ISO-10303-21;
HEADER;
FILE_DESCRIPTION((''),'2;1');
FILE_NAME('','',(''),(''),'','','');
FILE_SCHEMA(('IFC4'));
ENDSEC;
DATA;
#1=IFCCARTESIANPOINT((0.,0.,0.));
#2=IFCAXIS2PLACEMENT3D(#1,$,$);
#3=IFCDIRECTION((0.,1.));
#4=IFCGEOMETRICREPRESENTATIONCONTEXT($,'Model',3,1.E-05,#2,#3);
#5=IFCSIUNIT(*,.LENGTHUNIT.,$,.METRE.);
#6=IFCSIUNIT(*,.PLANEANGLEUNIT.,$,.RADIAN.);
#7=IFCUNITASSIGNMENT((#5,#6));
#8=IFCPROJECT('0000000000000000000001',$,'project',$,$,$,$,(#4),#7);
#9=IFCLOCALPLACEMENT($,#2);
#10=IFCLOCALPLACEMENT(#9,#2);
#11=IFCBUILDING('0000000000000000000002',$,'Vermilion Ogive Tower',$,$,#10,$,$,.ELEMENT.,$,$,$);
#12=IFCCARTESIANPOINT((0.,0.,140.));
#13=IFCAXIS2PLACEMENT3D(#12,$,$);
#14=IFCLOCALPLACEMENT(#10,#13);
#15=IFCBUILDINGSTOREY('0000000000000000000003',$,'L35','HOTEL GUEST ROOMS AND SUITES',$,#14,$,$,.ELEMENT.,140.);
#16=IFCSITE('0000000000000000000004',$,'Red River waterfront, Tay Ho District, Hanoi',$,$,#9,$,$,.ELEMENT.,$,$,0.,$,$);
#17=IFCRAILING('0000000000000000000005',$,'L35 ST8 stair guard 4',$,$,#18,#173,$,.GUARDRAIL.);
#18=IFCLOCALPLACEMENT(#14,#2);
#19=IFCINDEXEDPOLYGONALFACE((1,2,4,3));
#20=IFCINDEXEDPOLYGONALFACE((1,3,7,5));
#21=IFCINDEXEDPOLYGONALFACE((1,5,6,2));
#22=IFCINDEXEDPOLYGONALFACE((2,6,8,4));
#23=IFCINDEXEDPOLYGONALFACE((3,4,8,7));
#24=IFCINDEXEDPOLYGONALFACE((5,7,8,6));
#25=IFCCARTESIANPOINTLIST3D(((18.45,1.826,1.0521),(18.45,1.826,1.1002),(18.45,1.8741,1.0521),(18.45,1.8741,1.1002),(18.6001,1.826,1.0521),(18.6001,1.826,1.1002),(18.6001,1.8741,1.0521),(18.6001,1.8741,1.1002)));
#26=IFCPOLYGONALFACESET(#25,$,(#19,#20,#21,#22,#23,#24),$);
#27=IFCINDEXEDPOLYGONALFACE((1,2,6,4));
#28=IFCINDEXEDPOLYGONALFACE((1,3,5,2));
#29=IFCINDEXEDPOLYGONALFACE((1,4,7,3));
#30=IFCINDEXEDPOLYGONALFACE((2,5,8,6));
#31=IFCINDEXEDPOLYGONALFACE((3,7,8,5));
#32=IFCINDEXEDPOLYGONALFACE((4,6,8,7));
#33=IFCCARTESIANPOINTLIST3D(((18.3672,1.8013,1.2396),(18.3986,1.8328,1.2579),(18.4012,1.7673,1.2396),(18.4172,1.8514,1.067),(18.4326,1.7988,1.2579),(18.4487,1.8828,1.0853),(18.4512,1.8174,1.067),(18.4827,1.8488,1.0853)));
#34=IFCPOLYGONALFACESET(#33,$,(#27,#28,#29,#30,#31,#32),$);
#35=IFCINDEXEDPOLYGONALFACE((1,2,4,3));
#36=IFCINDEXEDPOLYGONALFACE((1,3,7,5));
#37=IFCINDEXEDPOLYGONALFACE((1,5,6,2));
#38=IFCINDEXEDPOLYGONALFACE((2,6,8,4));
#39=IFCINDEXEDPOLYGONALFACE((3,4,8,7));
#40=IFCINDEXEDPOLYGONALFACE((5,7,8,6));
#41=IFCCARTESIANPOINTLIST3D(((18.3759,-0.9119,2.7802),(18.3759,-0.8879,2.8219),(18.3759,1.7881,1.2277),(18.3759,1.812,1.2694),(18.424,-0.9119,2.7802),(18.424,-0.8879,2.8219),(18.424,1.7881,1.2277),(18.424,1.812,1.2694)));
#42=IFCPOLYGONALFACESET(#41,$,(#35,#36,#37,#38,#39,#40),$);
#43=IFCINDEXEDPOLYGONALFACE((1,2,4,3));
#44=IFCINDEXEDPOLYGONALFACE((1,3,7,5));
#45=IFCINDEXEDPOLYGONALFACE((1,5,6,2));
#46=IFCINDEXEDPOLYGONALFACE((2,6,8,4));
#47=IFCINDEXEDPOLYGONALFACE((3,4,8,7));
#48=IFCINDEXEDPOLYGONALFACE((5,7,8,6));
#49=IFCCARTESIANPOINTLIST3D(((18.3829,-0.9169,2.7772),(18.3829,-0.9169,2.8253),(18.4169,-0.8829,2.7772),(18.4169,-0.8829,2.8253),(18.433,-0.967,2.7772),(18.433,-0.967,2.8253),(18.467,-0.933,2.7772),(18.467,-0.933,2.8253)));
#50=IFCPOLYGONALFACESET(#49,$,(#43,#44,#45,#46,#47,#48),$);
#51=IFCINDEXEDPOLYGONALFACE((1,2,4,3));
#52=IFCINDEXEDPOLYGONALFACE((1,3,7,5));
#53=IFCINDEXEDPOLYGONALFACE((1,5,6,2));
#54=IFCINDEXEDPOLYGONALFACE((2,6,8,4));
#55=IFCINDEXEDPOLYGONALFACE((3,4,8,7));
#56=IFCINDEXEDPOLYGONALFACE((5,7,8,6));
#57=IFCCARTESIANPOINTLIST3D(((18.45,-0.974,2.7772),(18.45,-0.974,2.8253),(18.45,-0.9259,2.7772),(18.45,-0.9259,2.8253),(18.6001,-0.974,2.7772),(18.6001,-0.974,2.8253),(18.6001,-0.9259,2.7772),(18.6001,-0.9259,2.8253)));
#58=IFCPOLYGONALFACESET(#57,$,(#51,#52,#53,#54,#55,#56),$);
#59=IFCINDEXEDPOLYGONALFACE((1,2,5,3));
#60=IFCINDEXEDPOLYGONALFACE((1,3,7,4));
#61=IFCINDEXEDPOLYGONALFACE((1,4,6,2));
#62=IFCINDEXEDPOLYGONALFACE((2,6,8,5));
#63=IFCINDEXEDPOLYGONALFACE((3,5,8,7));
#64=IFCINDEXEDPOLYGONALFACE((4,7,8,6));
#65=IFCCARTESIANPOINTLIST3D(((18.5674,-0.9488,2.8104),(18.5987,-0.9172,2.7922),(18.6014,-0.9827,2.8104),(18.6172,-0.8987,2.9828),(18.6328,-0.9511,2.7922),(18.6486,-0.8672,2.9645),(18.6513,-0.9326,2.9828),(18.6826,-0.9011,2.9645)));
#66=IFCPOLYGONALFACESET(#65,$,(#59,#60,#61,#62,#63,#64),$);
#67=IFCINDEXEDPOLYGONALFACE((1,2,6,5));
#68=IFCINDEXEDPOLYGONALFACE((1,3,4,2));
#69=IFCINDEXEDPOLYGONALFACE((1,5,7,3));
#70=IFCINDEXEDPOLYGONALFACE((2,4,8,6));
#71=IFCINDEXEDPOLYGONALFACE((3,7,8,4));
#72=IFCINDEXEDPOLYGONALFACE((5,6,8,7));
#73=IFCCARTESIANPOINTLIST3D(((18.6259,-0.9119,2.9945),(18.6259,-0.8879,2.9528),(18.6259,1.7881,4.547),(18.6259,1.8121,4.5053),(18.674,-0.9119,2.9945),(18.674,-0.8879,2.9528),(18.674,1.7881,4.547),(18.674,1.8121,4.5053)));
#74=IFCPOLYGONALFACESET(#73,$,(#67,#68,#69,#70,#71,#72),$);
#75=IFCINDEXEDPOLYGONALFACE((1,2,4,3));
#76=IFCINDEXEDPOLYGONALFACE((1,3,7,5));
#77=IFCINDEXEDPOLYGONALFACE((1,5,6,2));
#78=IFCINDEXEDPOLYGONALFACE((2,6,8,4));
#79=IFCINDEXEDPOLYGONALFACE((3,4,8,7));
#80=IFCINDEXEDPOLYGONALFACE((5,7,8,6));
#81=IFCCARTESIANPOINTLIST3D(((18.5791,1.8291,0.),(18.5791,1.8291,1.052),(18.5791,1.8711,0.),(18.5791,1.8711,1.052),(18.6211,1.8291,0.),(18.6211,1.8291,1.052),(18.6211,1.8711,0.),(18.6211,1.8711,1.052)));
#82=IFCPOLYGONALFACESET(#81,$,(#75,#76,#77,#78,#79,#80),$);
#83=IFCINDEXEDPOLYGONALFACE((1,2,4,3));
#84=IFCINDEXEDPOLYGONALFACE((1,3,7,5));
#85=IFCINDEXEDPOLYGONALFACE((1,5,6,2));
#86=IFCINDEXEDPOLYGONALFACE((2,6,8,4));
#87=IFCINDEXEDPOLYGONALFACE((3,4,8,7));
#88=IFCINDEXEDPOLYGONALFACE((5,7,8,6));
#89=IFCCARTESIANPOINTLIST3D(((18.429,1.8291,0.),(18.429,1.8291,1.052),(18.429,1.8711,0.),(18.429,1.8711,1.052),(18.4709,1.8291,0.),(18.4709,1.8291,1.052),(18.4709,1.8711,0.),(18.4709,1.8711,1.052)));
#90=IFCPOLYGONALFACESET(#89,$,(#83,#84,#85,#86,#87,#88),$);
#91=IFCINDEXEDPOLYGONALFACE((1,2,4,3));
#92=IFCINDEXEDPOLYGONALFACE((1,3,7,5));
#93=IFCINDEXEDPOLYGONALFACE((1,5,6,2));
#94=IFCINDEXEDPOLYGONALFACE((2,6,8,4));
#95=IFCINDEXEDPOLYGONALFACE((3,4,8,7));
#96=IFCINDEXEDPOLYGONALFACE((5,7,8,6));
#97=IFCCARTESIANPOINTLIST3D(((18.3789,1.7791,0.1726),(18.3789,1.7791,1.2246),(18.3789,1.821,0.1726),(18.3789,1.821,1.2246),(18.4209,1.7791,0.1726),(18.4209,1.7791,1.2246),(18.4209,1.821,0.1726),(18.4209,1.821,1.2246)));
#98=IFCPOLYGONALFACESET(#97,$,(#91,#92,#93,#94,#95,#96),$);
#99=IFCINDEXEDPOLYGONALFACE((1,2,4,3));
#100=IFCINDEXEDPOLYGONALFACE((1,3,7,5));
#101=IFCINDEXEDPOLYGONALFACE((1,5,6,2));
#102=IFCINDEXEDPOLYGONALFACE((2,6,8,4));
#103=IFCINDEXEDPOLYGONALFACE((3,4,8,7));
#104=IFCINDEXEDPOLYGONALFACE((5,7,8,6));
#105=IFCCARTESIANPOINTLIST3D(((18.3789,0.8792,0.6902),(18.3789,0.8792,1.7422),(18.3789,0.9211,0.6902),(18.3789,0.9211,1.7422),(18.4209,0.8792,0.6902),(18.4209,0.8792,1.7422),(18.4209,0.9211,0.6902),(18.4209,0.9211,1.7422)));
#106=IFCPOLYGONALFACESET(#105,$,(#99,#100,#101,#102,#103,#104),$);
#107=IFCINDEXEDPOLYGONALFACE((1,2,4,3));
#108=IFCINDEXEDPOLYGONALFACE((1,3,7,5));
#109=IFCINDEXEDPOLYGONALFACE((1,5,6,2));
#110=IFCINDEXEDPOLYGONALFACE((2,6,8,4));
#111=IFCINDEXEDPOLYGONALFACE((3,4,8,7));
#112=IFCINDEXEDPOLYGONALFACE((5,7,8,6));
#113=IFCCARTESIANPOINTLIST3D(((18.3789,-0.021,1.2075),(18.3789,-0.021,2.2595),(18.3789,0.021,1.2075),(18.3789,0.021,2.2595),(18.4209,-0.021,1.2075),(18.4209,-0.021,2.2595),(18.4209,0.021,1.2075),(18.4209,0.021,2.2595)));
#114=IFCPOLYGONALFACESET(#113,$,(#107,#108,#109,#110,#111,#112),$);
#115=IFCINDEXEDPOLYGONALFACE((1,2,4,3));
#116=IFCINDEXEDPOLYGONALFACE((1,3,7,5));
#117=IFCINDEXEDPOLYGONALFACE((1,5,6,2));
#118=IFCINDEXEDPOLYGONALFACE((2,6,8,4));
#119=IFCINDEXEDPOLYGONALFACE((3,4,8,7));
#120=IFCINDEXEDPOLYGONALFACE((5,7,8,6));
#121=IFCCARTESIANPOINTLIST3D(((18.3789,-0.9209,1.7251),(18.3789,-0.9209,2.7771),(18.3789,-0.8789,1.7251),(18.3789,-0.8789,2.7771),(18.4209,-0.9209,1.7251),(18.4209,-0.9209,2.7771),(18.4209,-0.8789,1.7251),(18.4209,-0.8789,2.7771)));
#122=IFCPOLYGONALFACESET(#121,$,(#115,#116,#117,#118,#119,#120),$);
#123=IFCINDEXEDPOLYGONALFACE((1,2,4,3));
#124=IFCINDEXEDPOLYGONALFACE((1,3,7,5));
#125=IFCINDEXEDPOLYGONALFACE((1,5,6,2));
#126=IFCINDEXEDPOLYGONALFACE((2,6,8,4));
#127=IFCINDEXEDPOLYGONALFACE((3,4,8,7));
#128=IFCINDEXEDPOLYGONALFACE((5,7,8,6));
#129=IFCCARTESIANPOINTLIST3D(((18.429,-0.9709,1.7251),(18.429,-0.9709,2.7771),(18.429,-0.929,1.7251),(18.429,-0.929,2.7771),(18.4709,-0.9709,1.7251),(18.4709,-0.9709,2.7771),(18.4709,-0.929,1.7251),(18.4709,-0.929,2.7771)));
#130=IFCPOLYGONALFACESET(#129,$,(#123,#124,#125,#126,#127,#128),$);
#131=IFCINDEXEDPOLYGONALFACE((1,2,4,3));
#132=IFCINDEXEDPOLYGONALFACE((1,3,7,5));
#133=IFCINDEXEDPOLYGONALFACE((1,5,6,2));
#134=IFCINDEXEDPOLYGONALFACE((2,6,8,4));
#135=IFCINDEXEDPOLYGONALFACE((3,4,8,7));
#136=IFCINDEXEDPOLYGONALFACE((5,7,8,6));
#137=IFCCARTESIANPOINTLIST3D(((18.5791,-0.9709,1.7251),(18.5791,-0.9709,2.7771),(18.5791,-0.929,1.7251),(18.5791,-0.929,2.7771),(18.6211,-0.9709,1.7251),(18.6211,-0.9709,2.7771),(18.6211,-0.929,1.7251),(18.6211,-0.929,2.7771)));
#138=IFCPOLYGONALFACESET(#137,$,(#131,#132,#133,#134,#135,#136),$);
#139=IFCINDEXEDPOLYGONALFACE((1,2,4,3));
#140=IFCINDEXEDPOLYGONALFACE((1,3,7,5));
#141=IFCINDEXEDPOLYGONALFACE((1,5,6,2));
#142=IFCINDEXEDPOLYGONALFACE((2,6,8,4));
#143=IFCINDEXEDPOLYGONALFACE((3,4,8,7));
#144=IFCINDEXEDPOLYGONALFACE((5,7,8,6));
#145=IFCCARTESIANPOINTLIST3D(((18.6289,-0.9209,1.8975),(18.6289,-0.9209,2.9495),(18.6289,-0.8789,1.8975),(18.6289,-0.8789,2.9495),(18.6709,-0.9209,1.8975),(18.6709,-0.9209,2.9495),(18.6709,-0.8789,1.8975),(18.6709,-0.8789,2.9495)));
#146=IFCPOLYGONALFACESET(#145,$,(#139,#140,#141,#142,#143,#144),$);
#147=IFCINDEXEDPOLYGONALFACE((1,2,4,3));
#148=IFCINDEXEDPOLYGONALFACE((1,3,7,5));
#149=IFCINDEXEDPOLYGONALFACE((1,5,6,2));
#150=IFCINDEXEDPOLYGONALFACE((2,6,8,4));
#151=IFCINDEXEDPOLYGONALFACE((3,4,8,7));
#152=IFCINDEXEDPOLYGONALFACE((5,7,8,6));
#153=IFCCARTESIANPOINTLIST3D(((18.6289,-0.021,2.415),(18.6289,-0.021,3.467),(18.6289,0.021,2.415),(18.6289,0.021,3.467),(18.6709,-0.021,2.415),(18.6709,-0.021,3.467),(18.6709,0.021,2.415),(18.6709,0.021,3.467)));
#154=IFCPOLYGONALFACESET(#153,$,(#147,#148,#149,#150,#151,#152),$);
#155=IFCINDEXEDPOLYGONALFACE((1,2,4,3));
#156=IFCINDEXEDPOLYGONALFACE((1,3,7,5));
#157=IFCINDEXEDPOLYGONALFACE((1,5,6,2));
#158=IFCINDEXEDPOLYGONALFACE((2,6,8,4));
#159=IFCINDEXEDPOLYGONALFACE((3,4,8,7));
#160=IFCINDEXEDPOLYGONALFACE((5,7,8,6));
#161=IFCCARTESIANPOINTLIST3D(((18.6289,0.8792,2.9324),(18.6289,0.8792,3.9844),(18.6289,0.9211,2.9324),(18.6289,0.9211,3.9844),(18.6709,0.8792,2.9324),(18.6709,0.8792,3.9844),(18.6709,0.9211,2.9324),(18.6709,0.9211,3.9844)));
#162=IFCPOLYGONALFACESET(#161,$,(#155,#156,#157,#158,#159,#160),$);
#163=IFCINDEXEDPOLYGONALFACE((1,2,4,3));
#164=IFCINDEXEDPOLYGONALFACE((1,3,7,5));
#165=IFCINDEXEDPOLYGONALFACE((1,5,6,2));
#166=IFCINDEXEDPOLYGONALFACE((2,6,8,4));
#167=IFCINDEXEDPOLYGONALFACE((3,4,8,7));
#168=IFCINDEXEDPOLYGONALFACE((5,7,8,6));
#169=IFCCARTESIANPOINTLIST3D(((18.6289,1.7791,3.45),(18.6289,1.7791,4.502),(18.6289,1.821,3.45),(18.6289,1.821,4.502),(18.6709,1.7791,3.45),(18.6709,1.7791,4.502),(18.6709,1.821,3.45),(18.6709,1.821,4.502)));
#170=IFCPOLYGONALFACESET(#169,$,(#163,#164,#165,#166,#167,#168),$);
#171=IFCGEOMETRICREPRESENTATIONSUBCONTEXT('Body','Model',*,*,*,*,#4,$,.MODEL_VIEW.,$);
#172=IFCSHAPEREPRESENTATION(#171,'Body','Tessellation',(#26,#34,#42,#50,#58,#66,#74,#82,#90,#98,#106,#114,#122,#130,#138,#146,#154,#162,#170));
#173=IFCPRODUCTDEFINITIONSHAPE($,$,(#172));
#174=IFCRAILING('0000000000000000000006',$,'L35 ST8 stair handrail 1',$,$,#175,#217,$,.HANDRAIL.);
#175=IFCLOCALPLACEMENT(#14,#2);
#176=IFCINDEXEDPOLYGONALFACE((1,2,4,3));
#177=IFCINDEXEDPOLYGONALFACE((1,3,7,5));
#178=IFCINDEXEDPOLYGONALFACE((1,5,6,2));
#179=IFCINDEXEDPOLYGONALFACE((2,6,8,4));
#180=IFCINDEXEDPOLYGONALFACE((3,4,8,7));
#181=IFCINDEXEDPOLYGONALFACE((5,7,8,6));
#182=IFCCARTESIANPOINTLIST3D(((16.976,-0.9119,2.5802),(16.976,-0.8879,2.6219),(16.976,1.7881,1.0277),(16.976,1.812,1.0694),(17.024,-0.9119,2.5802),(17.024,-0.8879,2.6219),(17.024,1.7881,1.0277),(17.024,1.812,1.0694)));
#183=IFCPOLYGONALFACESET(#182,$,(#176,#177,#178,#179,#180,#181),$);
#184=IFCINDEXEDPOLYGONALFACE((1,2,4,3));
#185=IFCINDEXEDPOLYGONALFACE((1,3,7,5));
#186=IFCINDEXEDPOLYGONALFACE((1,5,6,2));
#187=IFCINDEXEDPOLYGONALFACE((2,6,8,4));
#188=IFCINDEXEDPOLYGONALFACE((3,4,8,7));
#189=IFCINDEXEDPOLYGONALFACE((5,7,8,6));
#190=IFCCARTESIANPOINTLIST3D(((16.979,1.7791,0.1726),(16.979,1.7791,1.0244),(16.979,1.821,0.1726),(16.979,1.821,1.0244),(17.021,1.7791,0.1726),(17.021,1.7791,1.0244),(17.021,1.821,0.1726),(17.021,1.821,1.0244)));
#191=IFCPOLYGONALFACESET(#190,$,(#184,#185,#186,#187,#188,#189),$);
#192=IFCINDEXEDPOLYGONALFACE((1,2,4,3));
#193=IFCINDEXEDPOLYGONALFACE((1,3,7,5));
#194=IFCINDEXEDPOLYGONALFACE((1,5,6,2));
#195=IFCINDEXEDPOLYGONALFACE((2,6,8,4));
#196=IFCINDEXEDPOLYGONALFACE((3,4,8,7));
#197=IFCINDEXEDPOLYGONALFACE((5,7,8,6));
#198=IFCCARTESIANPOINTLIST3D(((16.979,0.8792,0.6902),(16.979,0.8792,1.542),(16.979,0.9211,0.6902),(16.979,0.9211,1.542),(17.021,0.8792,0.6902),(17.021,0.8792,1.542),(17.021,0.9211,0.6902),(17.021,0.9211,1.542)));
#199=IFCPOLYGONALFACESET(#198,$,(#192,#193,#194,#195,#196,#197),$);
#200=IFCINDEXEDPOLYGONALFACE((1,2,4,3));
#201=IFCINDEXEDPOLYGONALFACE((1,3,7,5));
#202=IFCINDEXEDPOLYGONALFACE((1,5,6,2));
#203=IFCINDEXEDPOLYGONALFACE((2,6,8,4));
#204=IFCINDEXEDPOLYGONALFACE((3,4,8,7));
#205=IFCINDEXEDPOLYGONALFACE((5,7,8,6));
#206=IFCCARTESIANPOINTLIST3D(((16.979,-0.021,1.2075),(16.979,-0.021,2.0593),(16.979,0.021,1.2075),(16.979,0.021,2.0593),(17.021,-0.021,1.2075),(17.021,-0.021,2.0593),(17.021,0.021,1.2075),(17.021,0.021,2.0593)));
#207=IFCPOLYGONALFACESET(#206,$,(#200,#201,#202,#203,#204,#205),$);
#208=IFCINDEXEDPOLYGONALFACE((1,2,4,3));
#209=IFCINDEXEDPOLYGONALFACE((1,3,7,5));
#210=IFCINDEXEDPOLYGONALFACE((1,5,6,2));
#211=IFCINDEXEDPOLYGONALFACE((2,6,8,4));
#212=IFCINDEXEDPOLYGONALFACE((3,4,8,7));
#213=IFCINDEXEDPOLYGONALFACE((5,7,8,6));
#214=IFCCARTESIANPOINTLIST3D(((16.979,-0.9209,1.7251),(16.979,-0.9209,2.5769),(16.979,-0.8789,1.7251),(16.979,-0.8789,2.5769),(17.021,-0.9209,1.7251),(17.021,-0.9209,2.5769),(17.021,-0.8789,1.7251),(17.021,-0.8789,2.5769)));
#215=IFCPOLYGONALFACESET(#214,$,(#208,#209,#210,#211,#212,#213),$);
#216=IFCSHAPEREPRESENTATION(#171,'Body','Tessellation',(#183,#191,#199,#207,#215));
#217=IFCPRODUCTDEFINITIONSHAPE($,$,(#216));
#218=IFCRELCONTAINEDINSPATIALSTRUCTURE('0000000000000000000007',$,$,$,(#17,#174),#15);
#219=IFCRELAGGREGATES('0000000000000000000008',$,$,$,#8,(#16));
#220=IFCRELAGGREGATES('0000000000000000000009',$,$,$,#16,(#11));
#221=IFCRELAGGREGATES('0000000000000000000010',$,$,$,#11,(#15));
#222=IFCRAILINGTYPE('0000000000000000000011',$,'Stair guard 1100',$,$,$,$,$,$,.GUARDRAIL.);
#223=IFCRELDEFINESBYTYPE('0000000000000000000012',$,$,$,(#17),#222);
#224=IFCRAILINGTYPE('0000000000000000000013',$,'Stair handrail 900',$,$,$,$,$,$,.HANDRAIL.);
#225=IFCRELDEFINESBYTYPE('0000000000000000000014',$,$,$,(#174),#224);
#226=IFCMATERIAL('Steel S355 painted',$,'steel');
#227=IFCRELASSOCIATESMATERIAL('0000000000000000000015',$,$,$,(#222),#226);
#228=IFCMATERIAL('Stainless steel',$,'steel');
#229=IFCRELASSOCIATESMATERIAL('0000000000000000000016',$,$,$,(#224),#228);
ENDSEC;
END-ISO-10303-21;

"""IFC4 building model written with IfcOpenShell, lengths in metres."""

from ifc_helpers import new_model, si_unit, direction, frame, origin, origin_2d, place, context, subcontext, project, spatial, rectangle, extrude, material, type_object, element, save


model = new_model("IFC4")

# Units and contexts
model_context = context("Model", 3, precision=1e-05, world=origin(), true_north=direction((0.0, 1.0)))
body_context = subcontext(model_context, "Body", "Model", "MODEL_VIEW")
ifc_project = project(units=[si_unit("LENGTHUNIT", "METRE"), si_unit("PLANEANGLEUNIT", "RADIAN")], contexts=[model_context])

# Site, building, storey
site_placement = place(None, origin())
site = spatial("IfcSite", under=ifc_project, at=site_placement, Name="Red River waterfront, Tay Ho District, Hanoi", CompositionType="ELEMENT", RefElevation=0.0)
building_placement = place(site_placement, origin())
building = spatial("IfcBuilding", under=site, at=building_placement, Name="Vermilion Ogive Tower", CompositionType="ELEMENT")
storey_placement = place(building_placement, frame((0.0, 0.0, 140.0)))
storey = spatial("IfcBuildingStorey", under=building, at=storey_placement, Name="L35", Description="HOTEL GUEST ROOMS AND SUITES", CompositionType="ELEMENT", Elevation=140.0)

# Railings
ifc_material_1 = material(Name="Steel S355 painted", Category="steel")
railing_type_1 = type_object("IfcRailingType", Name="Stair guard 1100", PredefinedType="GUARDRAIL", material=ifc_material_1)
railing_1_placement = place(storey_placement, frame((18.6001, 1.8501, 0.0)))
element("IfcRailing", 1, at=railing_1_placement, inside=storey, type_object=railing_type_1, Name="L35 ST8 stair guard 4", PredefinedType="GUARDRAIL", context=body_context, shape_type="SweptSolid", body=[
    extrude(rectangle(XDim=0.0481, YDim=0.0481, at=origin_2d()), frame((0.0, 0.0, 1.0762), z_axis=(-1.0, 0.0, 0.0), x_axis=(0.0, -1.0, 0.0)), (0.0, 0.0, 1.0), 0.1501),
    extrude(rectangle(XDim=0.0481, YDim=0.0481, at=origin_2d()), frame((-0.1501, 0.0, 1.0762), z_axis=(-0.268278, -0.268278, 0.925232), x_axis=(0.707107, -0.707107, 0.0)), (0.0, 0.0, 1.0), 0.1865),
    extrude(rectangle(XDim=0.0481, YDim=0.0481, at=origin_2d()), frame((-0.2002, -0.05, 1.2485), z_axis=(0.0, -0.866904, 0.498476), x_axis=(1.0, 0.0, 0.0)), (0.0, 0.0, 1.0), 3.1145),
    extrude(rectangle(XDim=0.0481, YDim=0.0481, at=origin_2d()), frame((-0.2002, -2.75, 2.8013), z_axis=(0.707107, -0.707107, 0.0), x_axis=(0.707107, 0.707107, 0.0)), (0.0, 0.0, 1.0), 0.0708),
    extrude(rectangle(XDim=0.0481, YDim=0.0481, at=origin_2d()), frame((-0.1501, -2.8, 2.8013), z_axis=(1.0, 0.0, 0.0), x_axis=(0.0, 1.0, 0.0)), (0.0, 0.0, 1.0), 0.1501),
    extrude(rectangle(XDim=0.0481, YDim=0.0481, at=origin_2d()), frame((0.0, -2.8, 2.8013), z_axis=(0.267387, 0.268698, 0.925368), x_axis=(-0.708834, 0.705376, 0.0)), (0.0, 0.0, 1.0), 0.1863),
    extrude(rectangle(XDim=0.0481, YDim=0.0481, at=origin_2d()), frame((0.0498, -2.75, 2.9736), z_axis=(0.0, 0.866904, 0.498476), x_axis=(-1.0, 0.0, 0.0)), (0.0, 0.0, 1.0), 3.1145),
    extrude(rectangle(XDim=0.042, YDim=0.042, at=origin_2d()), origin(), (0.0, 0.0, 1.0), 1.052),
    extrude(rectangle(XDim=0.042, YDim=0.042, at=origin_2d()), frame((-0.1501, 0.0, 0.0)), (0.0, 0.0, 1.0), 1.052),
    extrude(rectangle(XDim=0.042, YDim=0.042, at=origin_2d()), frame((-0.2002, -0.05, 0.1726)), (0.0, 0.0, 1.0), 1.052),
    extrude(rectangle(XDim=0.042, YDim=0.042, at=origin_2d()), frame((-0.2002, -0.95, 0.6902)), (0.0, 0.0, 1.0), 1.052),
    extrude(rectangle(XDim=0.042, YDim=0.042, at=origin_2d()), frame((-0.2002, -1.8501, 1.2075)), (0.0, 0.0, 1.0), 1.052),
    extrude(rectangle(XDim=0.042, YDim=0.042, at=origin_2d()), frame((-0.2002, -2.75, 1.7251)), (0.0, 0.0, 1.0), 1.052),
    extrude(rectangle(XDim=0.042, YDim=0.042, at=origin_2d()), frame((-0.1501, -2.8, 1.7251)), (0.0, 0.0, 1.0), 1.052),
    extrude(rectangle(XDim=0.042, YDim=0.042, at=origin_2d()), frame((0.0, -2.8, 1.7251)), (0.0, 0.0, 1.0), 1.052),
    extrude(rectangle(XDim=0.042, YDim=0.042, at=origin_2d()), frame((0.0498, -2.75, 1.8975)), (0.0, 0.0, 1.0), 1.052),
    extrude(rectangle(XDim=0.042, YDim=0.042, at=origin_2d()), frame((0.0498, -1.8501, 2.415)), (0.0, 0.0, 1.0), 1.052),
    extrude(rectangle(XDim=0.042, YDim=0.042, at=origin_2d()), frame((0.0498, -0.95, 2.9324)), (0.0, 0.0, 1.0), 1.052),
    extrude(rectangle(XDim=0.042, YDim=0.042, at=origin_2d()), frame((0.0498, -0.05, 3.45)), (0.0, 0.0, 1.0), 1.052),
])
ifc_material_2 = material(Name="Stainless steel", Category="steel")
railing_type_2 = type_object("IfcRailingType", Name="Stair handrail 900", PredefinedType="HANDRAIL", material=ifc_material_2)
railing_2_placement = place(storey_placement, frame((17.0, 1.8, 0.1726)))
element("IfcRailing", 2, at=railing_2_placement, inside=storey, type_object=railing_type_2, Name="L35 ST8 stair handrail 1", PredefinedType="HANDRAIL", context=body_context, shape_type="SweptSolid", body=[
    extrude(rectangle(XDim=0.0481, YDim=0.0481, at=origin_2d()), frame((0.0, 0.0, 0.876), z_axis=(0.0, -0.866904, 0.498476), x_axis=(1.0, 0.0, 0.0)), (0.0, 0.0, 1.0), 3.1145),
    extrude(rectangle(XDim=0.042, YDim=0.042, at=origin_2d()), origin(), (0.0, 0.0, 1.0), 0.8518),
    extrude(rectangle(XDim=0.042, YDim=0.042, at=origin_2d()), frame((0.0, -0.8999, 0.5176)), (0.0, 0.0, 1.0), 0.8518),
    extrude(rectangle(XDim=0.042, YDim=0.042, at=origin_2d()), frame((0.0, -1.8, 1.0349)), (0.0, 0.0, 1.0), 0.8518),
    extrude(rectangle(XDim=0.042, YDim=0.042, at=origin_2d()), frame((0.0, -2.7, 1.5525)), (0.0, 0.0, 1.0), 0.8518),
])

save(model, "model.ifc")
